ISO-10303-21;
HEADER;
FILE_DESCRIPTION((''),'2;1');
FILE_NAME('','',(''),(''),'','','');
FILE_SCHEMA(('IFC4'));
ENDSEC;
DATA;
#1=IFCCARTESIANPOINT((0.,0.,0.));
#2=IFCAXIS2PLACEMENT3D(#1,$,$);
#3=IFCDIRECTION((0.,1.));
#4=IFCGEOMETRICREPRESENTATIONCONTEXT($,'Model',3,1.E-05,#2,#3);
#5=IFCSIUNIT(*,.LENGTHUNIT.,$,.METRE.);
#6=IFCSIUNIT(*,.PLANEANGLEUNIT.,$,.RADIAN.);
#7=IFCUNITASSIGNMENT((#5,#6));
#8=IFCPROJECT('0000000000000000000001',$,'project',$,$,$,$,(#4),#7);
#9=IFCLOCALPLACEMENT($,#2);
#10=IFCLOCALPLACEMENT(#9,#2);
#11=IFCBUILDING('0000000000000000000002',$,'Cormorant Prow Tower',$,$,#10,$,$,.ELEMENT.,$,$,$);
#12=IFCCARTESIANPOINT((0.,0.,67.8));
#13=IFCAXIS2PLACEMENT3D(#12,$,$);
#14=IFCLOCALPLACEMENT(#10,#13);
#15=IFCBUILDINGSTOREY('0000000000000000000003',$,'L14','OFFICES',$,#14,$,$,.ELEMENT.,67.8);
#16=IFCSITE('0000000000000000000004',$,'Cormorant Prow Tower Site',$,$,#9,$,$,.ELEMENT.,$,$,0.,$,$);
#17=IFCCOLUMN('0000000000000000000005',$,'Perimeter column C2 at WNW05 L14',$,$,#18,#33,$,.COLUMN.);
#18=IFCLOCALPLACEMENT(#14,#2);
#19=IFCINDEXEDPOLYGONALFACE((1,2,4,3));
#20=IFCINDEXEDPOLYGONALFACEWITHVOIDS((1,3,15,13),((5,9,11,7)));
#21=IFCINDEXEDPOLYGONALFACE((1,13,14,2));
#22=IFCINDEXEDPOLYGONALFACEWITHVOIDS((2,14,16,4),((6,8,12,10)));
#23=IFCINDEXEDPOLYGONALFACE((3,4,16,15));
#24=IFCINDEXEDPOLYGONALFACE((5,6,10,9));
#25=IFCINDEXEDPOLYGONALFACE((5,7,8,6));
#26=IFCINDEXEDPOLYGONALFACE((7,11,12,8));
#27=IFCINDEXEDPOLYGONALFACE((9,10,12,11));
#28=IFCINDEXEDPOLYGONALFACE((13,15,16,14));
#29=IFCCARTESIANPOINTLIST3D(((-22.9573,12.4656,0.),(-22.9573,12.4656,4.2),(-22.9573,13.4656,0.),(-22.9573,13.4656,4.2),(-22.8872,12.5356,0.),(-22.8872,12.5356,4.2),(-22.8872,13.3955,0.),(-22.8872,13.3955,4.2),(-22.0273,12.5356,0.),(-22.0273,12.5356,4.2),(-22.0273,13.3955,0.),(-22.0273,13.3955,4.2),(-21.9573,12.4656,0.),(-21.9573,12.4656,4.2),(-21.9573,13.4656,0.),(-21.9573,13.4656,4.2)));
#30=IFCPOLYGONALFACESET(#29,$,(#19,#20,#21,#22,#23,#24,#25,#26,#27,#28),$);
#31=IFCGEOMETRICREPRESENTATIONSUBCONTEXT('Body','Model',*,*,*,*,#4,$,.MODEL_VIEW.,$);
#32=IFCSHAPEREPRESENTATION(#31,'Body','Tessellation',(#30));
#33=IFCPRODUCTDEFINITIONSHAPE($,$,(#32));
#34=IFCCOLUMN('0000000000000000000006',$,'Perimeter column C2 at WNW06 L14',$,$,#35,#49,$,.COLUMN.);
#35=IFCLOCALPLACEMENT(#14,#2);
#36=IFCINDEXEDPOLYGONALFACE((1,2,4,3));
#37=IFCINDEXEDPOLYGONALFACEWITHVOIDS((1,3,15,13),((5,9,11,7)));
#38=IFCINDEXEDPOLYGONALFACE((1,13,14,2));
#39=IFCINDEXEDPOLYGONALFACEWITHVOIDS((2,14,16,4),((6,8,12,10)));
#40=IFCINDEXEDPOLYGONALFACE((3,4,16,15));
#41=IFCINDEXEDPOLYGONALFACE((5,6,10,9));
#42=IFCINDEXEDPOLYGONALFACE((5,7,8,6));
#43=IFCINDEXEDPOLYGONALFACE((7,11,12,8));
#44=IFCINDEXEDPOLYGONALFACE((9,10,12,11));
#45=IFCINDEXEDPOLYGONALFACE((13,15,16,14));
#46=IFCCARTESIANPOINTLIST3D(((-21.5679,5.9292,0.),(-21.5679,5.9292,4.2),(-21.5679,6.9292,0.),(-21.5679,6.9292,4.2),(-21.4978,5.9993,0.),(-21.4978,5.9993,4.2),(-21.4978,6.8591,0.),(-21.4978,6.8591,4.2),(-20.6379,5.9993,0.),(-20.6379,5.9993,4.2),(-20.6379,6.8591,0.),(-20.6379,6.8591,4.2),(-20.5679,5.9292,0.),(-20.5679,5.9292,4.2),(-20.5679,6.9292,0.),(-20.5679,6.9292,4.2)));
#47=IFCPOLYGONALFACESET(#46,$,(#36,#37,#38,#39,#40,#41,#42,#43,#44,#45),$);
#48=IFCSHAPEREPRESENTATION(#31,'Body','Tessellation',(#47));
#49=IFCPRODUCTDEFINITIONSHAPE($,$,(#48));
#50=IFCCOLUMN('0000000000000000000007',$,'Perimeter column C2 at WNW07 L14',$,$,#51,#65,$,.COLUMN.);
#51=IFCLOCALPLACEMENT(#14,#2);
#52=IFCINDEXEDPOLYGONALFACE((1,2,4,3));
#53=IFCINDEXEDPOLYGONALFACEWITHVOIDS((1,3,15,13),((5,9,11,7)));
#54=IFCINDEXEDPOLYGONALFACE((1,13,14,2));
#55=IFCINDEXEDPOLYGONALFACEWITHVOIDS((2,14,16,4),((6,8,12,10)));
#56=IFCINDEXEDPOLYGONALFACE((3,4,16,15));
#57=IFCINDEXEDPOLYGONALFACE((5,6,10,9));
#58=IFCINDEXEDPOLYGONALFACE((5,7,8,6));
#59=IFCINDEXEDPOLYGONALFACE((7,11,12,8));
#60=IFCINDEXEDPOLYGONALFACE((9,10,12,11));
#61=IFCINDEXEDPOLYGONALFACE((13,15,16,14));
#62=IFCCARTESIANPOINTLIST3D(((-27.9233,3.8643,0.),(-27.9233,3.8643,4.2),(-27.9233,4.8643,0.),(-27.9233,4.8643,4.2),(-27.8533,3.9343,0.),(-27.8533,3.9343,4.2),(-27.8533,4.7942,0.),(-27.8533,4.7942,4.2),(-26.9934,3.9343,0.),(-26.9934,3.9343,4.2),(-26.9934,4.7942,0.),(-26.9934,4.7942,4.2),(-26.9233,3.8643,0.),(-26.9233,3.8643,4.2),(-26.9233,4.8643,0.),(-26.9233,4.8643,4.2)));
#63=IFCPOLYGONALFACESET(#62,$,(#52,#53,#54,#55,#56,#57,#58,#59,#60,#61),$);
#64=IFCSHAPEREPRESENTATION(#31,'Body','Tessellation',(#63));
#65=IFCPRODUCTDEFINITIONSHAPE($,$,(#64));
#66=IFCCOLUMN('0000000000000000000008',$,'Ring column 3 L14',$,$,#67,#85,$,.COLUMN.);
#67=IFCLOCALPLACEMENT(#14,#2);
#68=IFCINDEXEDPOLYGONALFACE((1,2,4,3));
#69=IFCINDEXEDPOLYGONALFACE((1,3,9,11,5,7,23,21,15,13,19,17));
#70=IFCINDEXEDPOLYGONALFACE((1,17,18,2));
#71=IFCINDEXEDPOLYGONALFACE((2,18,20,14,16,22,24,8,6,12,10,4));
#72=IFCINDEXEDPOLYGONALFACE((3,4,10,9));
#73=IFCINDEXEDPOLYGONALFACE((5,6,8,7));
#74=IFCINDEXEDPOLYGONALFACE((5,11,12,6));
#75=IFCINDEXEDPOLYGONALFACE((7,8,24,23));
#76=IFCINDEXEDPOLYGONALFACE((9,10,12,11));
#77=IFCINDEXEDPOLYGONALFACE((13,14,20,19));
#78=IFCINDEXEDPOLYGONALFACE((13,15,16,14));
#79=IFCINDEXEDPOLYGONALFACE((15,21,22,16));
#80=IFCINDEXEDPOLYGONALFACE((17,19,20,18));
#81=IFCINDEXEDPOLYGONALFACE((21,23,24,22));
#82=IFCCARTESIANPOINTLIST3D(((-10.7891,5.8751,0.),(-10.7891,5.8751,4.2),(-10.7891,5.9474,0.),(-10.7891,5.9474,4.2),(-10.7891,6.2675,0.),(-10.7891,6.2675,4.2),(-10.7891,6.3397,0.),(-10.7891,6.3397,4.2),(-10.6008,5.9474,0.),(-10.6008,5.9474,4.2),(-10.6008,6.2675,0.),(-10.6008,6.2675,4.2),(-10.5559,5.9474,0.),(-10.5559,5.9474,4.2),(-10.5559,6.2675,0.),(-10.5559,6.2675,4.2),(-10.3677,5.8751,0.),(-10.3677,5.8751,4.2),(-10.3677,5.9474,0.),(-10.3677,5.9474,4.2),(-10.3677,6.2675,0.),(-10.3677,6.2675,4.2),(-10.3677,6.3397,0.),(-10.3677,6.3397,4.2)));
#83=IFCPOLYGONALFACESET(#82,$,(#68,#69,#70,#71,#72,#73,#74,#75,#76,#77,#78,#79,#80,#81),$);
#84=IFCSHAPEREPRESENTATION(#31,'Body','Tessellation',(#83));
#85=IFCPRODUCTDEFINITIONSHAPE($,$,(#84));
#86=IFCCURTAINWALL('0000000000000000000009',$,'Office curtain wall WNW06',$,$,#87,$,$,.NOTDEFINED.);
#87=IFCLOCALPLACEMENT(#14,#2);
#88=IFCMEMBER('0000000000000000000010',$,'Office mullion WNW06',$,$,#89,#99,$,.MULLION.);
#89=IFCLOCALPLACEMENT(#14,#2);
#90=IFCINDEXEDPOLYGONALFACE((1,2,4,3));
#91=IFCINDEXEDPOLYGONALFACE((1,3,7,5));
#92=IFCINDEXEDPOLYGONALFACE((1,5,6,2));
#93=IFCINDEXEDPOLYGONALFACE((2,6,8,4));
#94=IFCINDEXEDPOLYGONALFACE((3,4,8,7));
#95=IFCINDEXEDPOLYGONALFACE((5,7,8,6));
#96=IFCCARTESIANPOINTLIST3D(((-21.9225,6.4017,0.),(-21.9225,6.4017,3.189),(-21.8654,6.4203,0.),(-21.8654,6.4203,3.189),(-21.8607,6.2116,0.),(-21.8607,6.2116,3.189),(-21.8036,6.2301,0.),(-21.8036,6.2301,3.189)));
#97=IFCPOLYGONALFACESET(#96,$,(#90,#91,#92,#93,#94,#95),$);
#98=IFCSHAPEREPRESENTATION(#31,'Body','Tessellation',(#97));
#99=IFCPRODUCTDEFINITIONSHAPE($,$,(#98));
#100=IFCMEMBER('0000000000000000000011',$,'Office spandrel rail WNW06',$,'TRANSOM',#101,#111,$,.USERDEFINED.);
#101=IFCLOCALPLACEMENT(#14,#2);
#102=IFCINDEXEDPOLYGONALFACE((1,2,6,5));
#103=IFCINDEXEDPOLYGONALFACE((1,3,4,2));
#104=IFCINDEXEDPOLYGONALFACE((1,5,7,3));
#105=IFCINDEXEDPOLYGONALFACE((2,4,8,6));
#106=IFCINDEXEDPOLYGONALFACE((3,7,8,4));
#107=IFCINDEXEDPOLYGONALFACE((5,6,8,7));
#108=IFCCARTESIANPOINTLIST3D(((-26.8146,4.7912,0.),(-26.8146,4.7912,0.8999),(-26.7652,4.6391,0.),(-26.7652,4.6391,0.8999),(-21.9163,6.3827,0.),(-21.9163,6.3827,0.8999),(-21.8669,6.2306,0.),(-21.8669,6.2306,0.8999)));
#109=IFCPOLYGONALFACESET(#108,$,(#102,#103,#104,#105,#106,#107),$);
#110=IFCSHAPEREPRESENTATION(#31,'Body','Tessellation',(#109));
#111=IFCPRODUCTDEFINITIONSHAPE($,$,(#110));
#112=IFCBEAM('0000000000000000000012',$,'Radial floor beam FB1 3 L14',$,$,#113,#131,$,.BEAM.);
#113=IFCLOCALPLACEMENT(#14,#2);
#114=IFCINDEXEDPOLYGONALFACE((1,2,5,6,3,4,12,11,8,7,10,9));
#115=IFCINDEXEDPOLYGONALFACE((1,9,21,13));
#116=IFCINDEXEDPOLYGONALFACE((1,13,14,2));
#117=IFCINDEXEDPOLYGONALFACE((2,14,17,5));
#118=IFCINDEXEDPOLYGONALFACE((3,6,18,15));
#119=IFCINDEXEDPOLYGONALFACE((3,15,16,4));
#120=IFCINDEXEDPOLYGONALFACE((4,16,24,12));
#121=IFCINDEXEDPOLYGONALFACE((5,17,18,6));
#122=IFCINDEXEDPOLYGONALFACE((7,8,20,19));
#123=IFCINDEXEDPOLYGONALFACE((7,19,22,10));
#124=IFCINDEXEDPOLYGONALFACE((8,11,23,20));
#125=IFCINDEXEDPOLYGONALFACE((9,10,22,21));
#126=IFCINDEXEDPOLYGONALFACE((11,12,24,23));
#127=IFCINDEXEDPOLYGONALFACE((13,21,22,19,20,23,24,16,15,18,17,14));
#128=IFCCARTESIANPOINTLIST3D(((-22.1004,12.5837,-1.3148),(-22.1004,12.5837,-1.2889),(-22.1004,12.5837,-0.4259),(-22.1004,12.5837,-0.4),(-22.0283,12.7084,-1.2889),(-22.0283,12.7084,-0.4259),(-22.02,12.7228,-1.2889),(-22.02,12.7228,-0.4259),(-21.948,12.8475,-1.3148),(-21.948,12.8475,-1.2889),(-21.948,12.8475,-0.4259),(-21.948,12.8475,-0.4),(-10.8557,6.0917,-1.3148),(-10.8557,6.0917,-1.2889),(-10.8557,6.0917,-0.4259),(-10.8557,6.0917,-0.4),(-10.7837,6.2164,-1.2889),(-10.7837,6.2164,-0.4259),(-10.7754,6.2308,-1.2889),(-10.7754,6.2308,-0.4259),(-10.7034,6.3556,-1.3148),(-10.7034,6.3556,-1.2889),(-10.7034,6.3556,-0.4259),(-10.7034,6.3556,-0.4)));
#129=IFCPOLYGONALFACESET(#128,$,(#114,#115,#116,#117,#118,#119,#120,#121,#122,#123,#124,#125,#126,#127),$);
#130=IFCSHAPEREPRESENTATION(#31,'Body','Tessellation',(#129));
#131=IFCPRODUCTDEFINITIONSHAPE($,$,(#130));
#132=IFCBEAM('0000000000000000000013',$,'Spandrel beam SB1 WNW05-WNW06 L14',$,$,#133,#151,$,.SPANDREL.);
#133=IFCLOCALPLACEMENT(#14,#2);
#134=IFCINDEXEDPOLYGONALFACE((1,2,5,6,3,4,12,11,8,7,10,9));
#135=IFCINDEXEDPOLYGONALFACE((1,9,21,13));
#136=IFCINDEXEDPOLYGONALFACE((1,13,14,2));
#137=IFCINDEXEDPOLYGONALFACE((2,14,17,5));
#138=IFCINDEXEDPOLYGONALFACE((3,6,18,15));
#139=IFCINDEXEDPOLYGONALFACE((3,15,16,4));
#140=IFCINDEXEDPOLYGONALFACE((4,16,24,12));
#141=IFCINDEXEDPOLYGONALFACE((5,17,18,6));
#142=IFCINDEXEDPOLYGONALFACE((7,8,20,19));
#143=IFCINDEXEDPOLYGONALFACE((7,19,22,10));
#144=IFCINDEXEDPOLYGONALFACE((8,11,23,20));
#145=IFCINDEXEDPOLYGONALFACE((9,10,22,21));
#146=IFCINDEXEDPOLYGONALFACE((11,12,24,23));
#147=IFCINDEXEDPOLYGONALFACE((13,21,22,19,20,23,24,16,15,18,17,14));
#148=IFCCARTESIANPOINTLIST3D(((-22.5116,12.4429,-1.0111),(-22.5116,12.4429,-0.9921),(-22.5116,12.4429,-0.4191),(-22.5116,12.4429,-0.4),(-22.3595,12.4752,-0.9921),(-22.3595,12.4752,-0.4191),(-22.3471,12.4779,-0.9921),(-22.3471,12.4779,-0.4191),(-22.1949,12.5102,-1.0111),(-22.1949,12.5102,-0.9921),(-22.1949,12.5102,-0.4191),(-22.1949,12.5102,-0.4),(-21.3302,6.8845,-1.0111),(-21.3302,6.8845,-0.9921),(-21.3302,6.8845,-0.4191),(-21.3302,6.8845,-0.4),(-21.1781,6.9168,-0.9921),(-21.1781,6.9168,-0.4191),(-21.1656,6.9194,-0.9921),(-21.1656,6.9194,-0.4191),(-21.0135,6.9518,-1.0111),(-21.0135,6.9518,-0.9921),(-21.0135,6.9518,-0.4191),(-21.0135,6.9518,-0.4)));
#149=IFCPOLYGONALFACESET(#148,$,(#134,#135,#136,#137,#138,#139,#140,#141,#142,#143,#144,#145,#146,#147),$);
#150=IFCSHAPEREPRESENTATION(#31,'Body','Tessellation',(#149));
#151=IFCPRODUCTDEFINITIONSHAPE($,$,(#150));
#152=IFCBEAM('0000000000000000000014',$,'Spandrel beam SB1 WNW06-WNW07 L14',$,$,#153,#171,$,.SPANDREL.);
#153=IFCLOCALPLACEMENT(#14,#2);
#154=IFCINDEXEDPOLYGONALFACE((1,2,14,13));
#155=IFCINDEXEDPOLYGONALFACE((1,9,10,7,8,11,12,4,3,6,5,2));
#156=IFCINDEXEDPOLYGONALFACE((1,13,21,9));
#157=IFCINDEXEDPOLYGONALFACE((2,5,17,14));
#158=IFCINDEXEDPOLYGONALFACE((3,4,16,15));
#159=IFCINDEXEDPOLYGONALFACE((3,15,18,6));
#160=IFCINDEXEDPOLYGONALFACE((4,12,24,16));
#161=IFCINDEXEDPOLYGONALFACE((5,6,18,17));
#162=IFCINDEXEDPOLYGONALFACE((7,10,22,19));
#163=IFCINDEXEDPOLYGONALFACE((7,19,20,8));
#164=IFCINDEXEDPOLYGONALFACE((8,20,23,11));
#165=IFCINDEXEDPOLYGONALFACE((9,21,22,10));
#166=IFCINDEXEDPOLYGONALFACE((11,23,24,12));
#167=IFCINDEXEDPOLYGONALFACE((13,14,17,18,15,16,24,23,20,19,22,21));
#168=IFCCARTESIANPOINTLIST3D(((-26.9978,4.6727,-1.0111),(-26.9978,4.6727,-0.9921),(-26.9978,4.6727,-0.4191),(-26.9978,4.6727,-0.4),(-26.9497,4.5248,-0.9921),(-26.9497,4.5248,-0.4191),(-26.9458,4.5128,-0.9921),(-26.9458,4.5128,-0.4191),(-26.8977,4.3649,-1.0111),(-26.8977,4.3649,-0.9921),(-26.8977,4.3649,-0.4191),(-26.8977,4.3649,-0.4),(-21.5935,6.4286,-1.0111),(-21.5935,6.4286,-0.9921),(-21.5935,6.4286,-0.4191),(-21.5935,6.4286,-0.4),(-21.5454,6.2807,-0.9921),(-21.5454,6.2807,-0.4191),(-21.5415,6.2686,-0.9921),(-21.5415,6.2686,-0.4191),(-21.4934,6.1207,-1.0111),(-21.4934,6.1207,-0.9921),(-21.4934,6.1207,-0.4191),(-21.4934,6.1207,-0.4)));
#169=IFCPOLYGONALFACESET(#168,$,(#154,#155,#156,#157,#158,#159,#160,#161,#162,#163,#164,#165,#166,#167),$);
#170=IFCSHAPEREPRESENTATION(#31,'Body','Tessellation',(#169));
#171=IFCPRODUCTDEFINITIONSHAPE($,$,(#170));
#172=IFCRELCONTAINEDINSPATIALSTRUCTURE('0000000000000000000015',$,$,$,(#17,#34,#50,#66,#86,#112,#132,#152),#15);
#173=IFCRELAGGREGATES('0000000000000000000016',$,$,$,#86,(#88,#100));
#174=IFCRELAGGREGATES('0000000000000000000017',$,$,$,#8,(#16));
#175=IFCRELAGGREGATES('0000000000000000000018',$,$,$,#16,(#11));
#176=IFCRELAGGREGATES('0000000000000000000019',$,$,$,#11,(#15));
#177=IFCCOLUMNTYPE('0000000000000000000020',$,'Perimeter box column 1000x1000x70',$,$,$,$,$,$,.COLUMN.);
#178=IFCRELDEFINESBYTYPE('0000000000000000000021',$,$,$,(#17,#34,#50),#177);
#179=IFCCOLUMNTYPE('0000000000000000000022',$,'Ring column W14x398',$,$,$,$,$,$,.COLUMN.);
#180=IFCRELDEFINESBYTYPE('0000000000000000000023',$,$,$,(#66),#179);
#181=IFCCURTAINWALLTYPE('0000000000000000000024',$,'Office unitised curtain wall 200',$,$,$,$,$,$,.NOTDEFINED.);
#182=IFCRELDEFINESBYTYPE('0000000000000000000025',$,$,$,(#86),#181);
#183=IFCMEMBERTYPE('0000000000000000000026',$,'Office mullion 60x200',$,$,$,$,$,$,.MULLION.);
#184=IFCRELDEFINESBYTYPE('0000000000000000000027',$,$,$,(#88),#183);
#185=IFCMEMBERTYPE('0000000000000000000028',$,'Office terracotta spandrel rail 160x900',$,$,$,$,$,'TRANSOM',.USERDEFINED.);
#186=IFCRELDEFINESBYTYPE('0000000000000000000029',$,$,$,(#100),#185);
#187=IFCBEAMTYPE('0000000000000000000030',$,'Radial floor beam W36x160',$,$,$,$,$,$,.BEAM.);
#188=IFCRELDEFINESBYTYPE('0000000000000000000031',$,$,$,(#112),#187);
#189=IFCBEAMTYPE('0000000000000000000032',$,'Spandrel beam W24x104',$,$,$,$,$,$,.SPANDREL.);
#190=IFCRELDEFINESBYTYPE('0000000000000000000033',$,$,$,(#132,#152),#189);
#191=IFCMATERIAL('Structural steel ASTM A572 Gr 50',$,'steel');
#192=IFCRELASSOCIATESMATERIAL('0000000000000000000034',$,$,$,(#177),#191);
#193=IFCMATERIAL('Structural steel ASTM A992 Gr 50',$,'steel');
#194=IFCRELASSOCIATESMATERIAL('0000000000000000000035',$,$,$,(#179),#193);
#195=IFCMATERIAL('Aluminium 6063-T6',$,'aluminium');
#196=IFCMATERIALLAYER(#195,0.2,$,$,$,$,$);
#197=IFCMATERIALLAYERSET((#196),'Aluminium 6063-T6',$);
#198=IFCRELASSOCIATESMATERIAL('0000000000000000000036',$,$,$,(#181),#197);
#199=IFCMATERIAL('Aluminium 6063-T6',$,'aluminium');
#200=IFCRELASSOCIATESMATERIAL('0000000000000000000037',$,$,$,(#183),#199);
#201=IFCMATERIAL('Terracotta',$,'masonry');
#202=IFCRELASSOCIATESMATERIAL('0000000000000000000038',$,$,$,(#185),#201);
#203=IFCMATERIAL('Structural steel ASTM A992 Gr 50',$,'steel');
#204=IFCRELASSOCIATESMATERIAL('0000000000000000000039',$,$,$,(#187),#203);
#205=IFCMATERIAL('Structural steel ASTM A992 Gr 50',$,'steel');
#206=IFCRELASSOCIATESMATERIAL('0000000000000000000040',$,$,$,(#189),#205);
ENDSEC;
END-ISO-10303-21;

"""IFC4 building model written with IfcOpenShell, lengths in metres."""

from ifc_helpers import new_model, si_unit, direction, frame, origin, origin_2d, place, context, subcontext, project, spatial, rectangle, hollow_rectangle, i_section, extrude, material, layer, layer_set, material_profile, profile_set, type_object, element, aggregate, save


model = new_model("IFC4")

# Units and contexts
model_context = context("Model", 3, precision=1e-05, world=origin(), true_north=direction((0.0, 1.0)))
body_context = subcontext(model_context, "Body", "Model", "MODEL_VIEW")
ifc_project = project(units=[si_unit("LENGTHUNIT", "METRE"), si_unit("PLANEANGLEUNIT", "RADIAN")], contexts=[model_context])

# Site, building, storey
site_placement = place(None, origin())
site = spatial("IfcSite", under=ifc_project, at=site_placement, Name="Cormorant Prow Tower Site", CompositionType="ELEMENT", RefElevation=0.0)
building_placement = place(site_placement, origin())
building = spatial("IfcBuilding", under=site, at=building_placement, Name="Cormorant Prow Tower", CompositionType="ELEMENT")
storey_placement = place(building_placement, frame((0.0, 0.0, 67.8)))
storey = spatial("IfcBuildingStorey", under=building, at=storey_placement, Name="L14", Description="OFFICES", CompositionType="ELEMENT", Elevation=67.8)

# Columns
ifc_material_1 = material(Name="Structural steel ASTM A572 Gr 50", Category="steel")
ifc_material_profile_1 = material_profile(ifc_material_1, hollow_rectangle(XDim=1.0, YDim=1.0, WallThickness=0.0701, at=origin_2d()), Name="Box 1000x1000x70")
ifc_profile_set_1 = profile_set([ifc_material_profile_1], Name="Structural steel ASTM A572 Gr 50")
column_type_1 = type_object("IfcColumnType", Name="Perimeter box column 1000x1000x70", PredefinedType="COLUMN", material=ifc_profile_set_1)
for number, where, z_axis, x_axis, name in (
    (1, (-22.4573, 12.9656, 0.0), (0.0, 0.0, 1.0), (1.0, 0.0, 0.0), "Perimeter column C2 at WNW05 L14"),
    (2, (-21.0679, 6.4292, 0.0), (0.0, 0.0, 1.0), (1.0, 0.0, 0.0), "Perimeter column C2 at WNW06 L14"),
    (3, (-27.4233, 4.3643, 0.0), (0.0, 0.0, 1.0), (1.0, 0.0, 0.0), "Perimeter column C2 at WNW07 L14"),
):
    element("IfcColumn", number, at=place(storey_placement, frame(where, z_axis=z_axis, x_axis=x_axis)), inside=storey, type_object=column_type_1, Name=name, PredefinedType="COLUMN", context=body_context, shape_type="SweptSolid", body=[
        extrude(hollow_rectangle(XDim=1.0, YDim=1.0, WallThickness=0.0701, at=origin_2d()), origin(), (0.0, 0.0, 1.0), 4.2),
    ])
ifc_material_2 = material(Name="Structural steel ASTM A992 Gr 50", Category="steel")
ifc_material_profile_2 = material_profile(ifc_material_2, i_section(OverallWidth=0.4214, OverallDepth=0.4646, WebThickness=0.0449, FlangeThickness=0.0723, at=origin_2d()), Name="W14x398")
ifc_profile_set_2 = profile_set([ifc_material_profile_2], Name="Structural steel ASTM A992 Gr 50")
column_type_2 = type_object("IfcColumnType", Name="Ring column W14x398", PredefinedType="COLUMN", material=ifc_profile_set_2)
column_placement = place(storey_placement, frame((-10.5784, 6.1074, 0.0), z_axis=(0.0, 0.0, 1.0), x_axis=(1.0, 0.0, 0.0)))
element("IfcColumn", 4, at=column_placement, inside=storey, type_object=column_type_2, Name="Ring column 3 L14", PredefinedType="COLUMN", context=body_context, shape_type="SweptSolid", body=[
    extrude(i_section(OverallWidth=0.4214, OverallDepth=0.4646, WebThickness=0.0449, FlangeThickness=0.0723, at=origin_2d()), origin(), (0.0, 0.0, 1.0), 4.2),
])

# Curtain wall, members
ifc_material_3 = material(Name="Aluminium 6063-T6", Category="aluminium")
ifc_layer_1 = layer(ifc_material_3, 0.2)
ifc_layer_set_1 = layer_set([ifc_layer_1], Name="Aluminium 6063-T6")
curtain_wall_type = type_object("IfcCurtainWallType", Name="Office unitised curtain wall 200", PredefinedType="NOTDEFINED", material=ifc_layer_set_1)
curtain_wall_1_placement = place(storey_placement, origin())
curtain_wall_1 = element("IfcCurtainWall", 5, at=curtain_wall_1_placement, inside=storey, type_object=curtain_wall_type, Name="Office curtain wall WNW06", PredefinedType="NOTDEFINED")
ifc_material_4 = material(Name="Aluminium 6063-T6", Category="aluminium")
ifc_material_profile_3 = material_profile(ifc_material_4, rectangle(XDim=0.2, YDim=0.0601, at=origin_2d()), Name="Office mullion 60x200")
ifc_profile_set_3 = profile_set([ifc_material_profile_3], Name="Aluminium 6063-T6")
member_type_1 = type_object("IfcMemberType", Name="Office mullion 60x200", PredefinedType="MULLION", material=ifc_profile_set_3)
member_1_placement = place(storey_placement, frame((-21.863, 6.3159, 0.0), z_axis=(0.0, 0.0, 1.0), x_axis=(0.309017, -0.951057, 0.0)))
member_1 = element("IfcMember", 6, at=member_1_placement, type_object=member_type_1, Name="Office mullion WNW06", PredefinedType="MULLION", context=body_context, shape_type="SweptSolid", body=[
    extrude(rectangle(XDim=0.2, YDim=0.0601, at=origin_2d()), origin(), (0.0, 0.0, 1.0), 3.189),
])
ifc_material_5 = material(Name="Terracotta", Category="masonry")
ifc_material_profile_4 = material_profile(ifc_material_5, rectangle(XDim=0.1599, YDim=0.8999, at=origin_2d()), Name="Office terracotta spandrel rail 160x900")
ifc_profile_set_4 = profile_set([ifc_material_profile_4], Name="Terracotta")
member_type_2 = type_object("IfcMemberType", Name="Office terracotta spandrel rail 160x900", ElementType="TRANSOM", PredefinedType="USERDEFINED", material=ifc_profile_set_4)
member_2_placement = place(storey_placement, frame((-21.8916, 6.3066, 0.45), z_axis=(-0.951059, -0.309009, 0.0), x_axis=(0.309009, -0.951059, 0.0)))
member_2 = element("IfcMember", 7, at=member_2_placement, type_object=member_type_2, Name="Office spandrel rail WNW06", ObjectType="TRANSOM", PredefinedType="USERDEFINED", context=body_context, shape_type="SweptSolid", body=[
    extrude(rectangle(XDim=0.1599, YDim=0.8999, at=origin_2d()), origin(), (0.0, 0.0, 1.0), 5.1504),
])

# Beams
ifc_material_6 = material(Name="Structural steel ASTM A992 Gr 50", Category="steel")
ifc_material_profile_5 = material_profile(ifc_material_6, i_section(OverallWidth=0.3047, OverallDepth=0.9148, WebThickness=0.0166, FlangeThickness=0.0259, at=origin_2d()), Name="W36x160")
ifc_profile_set_5 = profile_set([ifc_material_profile_5], Name="Structural steel ASTM A992 Gr 50")
beam_type_1 = type_object("IfcBeamType", Name="Radial floor beam W36x160", PredefinedType="BEAM", material=ifc_profile_set_5)
beam_1_placement = place(storey_placement, frame((-10.7795, 6.2236, -0.8574), z_axis=(-0.86603, 0.499992, 0.0), x_axis=(-0.499992, -0.86603, 0.0)))
element("IfcBeam", 8, at=beam_1_placement, inside=storey, type_object=beam_type_1, Name="Radial floor beam FB1 3 L14", PredefinedType="BEAM", context=body_context, shape_type="SweptSolid", body=[
    extrude(i_section(OverallWidth=0.3047, OverallDepth=0.9148, WebThickness=0.0166, FlangeThickness=0.0259, at=origin_2d()), origin(), (0.0, 0.0, 1.0), 12.9841),
])
ifc_material_7 = material(Name="Structural steel ASTM A992 Gr 50", Category="steel")
ifc_material_profile_6 = material_profile(ifc_material_7, i_section(OverallWidth=0.3237, OverallDepth=0.6111, WebThickness=0.0127, FlangeThickness=0.019, at=origin_2d()), Name="W24x104")
ifc_profile_set_6 = profile_set([ifc_material_profile_6], Name="Structural steel ASTM A992 Gr 50")
beam_type_2 = type_object("IfcBeamType", Name="Spandrel beam W24x104", PredefinedType="SPANDREL", material=ifc_profile_set_6)
beam_2_placement = place(storey_placement, frame((-22.3533, 12.4766, -0.7056), z_axis=(0.2079, -0.97815, 0.0), x_axis=(0.97815, 0.2079, 0.0)))
element("IfcBeam", 9, at=beam_2_placement, inside=storey, type_object=beam_type_2, Name="Spandrel beam SB1 WNW05-WNW06 L14", PredefinedType="SPANDREL", context=body_context, shape_type="SweptSolid", body=[
    extrude(i_section(OverallWidth=0.3237, OverallDepth=0.6111, WebThickness=0.0127, FlangeThickness=0.019, at=origin_2d()), origin(), (0.0, 0.0, 1.0), 5.6826),
])
beam_3_placement = place(storey_placement, frame((-21.5435, 6.2747, -0.7056), z_axis=(-0.951062, -0.309001, 0.0), x_axis=(0.309001, -0.951062, 0.0)))
element("IfcBeam", 10, at=beam_3_placement, inside=storey, type_object=beam_type_2, Name="Spandrel beam SB1 WNW06-WNW07 L14", PredefinedType="SPANDREL", context=body_context, shape_type="SweptSolid", body=[
    extrude(i_section(OverallWidth=0.3237, OverallDepth=0.6111, WebThickness=0.0127, FlangeThickness=0.019, at=origin_2d()), origin(), (0.0, 0.0, 1.0), 5.6824),
])

aggregate(curtain_wall_1, [member_1, member_2])

save(model, "model.ifc")
